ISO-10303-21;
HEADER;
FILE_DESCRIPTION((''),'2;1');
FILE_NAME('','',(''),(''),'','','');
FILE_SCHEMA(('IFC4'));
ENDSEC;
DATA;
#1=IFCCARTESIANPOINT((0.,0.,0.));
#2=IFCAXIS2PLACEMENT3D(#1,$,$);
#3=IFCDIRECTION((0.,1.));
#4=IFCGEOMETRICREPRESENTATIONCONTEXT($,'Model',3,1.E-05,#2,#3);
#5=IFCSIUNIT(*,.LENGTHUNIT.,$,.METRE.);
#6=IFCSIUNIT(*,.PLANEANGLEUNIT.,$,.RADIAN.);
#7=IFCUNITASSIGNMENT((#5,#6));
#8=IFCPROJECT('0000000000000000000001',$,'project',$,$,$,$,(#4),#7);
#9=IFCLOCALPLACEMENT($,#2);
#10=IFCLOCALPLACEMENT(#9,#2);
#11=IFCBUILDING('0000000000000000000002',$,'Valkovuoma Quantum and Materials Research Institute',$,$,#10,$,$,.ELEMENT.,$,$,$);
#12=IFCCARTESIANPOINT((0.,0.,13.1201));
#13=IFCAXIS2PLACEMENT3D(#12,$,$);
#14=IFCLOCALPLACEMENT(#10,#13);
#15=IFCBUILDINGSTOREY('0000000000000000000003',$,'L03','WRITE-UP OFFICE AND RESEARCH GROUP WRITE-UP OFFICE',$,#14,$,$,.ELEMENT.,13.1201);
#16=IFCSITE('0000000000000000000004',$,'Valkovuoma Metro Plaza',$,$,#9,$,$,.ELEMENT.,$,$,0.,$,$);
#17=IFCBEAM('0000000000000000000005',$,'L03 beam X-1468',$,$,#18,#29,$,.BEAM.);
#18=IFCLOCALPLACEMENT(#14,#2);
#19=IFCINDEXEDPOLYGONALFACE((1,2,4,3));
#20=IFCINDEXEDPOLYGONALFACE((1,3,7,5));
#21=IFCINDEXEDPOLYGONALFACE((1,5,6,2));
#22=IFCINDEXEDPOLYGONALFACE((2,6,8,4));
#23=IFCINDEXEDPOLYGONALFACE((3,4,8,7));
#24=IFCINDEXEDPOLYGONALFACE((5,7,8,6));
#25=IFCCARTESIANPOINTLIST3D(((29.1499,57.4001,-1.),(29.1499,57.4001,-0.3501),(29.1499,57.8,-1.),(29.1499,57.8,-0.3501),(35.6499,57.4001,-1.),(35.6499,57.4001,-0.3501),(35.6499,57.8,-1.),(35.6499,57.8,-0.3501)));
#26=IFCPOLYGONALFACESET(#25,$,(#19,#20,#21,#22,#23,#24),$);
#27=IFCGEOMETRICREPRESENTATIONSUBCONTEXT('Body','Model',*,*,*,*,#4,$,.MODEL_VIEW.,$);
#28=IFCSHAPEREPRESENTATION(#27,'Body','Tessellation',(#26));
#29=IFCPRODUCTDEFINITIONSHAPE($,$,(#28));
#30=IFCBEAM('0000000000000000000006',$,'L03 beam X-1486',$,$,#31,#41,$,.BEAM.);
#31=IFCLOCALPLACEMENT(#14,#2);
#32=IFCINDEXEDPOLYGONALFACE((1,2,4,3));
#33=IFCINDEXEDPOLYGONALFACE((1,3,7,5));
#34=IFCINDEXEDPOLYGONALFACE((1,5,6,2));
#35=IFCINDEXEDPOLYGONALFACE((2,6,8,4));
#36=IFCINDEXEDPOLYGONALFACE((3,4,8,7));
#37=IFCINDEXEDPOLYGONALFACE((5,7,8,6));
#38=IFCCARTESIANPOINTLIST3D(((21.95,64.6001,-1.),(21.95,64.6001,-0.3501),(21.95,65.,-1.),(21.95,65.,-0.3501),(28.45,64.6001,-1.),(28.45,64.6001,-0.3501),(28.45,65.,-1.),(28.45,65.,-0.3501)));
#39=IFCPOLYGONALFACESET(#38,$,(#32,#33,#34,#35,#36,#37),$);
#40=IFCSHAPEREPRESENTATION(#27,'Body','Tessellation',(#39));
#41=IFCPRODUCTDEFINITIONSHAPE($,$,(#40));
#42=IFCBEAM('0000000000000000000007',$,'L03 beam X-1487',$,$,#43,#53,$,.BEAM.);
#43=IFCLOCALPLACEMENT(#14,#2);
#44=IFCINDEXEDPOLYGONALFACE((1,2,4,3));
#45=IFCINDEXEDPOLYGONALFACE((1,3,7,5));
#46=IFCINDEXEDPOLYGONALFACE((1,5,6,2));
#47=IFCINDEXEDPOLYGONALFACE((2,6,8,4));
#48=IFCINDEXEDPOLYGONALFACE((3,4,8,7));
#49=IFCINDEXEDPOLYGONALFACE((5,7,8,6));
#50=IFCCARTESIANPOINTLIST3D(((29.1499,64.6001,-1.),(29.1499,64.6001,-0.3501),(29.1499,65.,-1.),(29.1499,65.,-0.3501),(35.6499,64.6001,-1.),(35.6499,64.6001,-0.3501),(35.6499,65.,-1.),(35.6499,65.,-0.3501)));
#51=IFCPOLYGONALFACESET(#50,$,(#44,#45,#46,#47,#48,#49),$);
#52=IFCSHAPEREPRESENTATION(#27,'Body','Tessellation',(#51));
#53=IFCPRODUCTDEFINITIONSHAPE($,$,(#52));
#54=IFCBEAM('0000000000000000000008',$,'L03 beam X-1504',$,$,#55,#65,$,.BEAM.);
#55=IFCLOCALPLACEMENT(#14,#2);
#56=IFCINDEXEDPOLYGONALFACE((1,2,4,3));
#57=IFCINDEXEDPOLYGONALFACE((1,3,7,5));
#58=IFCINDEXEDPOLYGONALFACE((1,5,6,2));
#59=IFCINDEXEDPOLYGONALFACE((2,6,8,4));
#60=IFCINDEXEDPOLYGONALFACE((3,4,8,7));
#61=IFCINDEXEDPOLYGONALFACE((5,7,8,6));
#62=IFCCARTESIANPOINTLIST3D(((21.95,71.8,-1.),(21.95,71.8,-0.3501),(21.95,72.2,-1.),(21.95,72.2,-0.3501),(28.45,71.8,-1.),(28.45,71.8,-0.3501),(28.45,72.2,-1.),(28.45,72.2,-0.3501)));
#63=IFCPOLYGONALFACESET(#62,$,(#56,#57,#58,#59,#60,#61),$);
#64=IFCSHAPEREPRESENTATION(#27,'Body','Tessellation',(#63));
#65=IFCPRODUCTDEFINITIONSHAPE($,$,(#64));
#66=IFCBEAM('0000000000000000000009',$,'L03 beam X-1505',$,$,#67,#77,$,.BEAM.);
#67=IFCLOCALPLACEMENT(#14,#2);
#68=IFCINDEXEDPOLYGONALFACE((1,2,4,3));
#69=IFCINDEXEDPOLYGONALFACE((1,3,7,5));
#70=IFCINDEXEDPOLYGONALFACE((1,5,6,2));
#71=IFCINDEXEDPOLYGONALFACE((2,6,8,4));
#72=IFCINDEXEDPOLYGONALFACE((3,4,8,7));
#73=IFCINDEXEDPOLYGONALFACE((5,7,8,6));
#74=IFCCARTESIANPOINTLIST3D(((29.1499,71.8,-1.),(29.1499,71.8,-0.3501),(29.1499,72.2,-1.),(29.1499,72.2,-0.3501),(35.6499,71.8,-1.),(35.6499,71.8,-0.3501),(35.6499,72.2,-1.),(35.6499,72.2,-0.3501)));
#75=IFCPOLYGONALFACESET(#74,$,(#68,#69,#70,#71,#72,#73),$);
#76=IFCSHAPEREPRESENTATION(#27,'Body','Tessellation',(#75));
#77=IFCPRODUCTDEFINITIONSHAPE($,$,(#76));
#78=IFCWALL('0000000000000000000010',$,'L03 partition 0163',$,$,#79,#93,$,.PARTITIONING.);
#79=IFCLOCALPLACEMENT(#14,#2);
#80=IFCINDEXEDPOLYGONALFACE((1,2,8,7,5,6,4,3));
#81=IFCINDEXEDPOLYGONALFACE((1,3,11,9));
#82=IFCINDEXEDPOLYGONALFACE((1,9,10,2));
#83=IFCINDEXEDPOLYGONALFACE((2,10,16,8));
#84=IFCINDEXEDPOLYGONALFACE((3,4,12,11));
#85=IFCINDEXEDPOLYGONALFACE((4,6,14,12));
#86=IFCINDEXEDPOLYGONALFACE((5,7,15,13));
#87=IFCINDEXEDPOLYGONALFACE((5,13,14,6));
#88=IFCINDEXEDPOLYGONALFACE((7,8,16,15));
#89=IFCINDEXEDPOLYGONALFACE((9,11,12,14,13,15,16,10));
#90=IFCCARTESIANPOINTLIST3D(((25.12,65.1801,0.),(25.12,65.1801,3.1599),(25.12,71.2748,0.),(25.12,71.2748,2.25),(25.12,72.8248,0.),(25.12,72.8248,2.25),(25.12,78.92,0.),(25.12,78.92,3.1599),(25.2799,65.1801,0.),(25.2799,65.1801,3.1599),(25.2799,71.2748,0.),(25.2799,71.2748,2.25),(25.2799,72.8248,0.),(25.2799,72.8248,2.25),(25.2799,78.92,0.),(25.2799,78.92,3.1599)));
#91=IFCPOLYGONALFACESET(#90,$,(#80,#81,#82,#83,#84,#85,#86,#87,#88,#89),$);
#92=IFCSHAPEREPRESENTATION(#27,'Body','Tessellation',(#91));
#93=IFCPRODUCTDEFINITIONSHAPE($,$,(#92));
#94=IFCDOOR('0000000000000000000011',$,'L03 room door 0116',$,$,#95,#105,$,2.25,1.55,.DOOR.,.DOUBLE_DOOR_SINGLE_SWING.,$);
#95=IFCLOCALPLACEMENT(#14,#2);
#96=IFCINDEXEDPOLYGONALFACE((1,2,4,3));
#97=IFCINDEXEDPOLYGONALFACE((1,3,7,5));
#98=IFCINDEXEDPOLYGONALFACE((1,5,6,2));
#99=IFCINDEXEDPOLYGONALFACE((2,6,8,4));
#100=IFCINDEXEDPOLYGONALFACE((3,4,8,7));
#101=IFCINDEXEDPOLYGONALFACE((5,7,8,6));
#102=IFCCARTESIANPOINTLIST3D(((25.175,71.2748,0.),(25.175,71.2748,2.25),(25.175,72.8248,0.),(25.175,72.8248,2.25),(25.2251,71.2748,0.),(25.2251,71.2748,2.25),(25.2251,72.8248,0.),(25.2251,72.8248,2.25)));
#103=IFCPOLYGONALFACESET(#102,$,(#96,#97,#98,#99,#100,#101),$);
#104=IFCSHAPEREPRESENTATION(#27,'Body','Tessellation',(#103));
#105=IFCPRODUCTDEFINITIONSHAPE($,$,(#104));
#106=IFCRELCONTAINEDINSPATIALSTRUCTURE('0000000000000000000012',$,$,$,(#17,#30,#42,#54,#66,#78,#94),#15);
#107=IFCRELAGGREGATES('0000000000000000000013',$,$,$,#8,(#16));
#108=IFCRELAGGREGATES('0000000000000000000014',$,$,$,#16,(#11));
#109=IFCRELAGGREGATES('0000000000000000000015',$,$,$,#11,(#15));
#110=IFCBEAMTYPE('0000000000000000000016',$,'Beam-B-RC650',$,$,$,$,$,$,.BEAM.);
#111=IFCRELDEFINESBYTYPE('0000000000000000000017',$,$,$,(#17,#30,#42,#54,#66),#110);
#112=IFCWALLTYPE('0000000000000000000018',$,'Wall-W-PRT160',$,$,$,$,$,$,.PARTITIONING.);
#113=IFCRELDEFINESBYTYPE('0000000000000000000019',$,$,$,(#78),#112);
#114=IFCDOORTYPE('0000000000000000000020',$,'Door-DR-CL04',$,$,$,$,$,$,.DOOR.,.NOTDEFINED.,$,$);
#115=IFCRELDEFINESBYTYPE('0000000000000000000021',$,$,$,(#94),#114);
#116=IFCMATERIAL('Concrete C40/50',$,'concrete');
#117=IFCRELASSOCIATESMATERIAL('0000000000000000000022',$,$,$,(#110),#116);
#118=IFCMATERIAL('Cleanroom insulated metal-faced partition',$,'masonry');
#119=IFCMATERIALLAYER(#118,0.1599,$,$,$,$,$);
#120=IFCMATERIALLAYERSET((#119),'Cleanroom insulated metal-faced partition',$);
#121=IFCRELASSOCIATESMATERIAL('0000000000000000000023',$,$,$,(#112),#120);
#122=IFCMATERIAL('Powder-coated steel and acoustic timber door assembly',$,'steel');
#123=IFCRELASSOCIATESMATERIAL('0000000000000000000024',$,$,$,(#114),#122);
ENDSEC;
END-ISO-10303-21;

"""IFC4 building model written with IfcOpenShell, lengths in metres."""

from ifc_helpers import new_model, si_unit, direction, frame, frame_2d, origin, origin_2d, place, context, subcontext, project, spatial, rectangle, extrude, material, layer, layer_set, material_profile, profile_set, type_object, element, fill, save


model = new_model("IFC4")

# Units and contexts
model_context = context("Model", 3, precision=1e-05, world=origin(), true_north=direction((0.0, 1.0)))
body_context = subcontext(model_context, "Body", "Model", "MODEL_VIEW")
ifc_project = project(units=[si_unit("LENGTHUNIT", "METRE"), si_unit("PLANEANGLEUNIT", "RADIAN")], contexts=[model_context])

# Site, building, storey
site_placement = place(None, origin())
site = spatial("IfcSite", under=ifc_project, at=site_placement, Name="Valkovuoma Metro Plaza", CompositionType="ELEMENT", RefElevation=0.0)
building_placement = place(site_placement, origin())
building = spatial("IfcBuilding", under=site, at=building_placement, Name="Valkovuoma Quantum and Materials Research Institute", CompositionType="ELEMENT")
storey_placement = place(building_placement, frame((0.0, 0.0, 13.1201)))
storey = spatial("IfcBuildingStorey", under=building, at=storey_placement, Name="L03", Description="WRITE-UP OFFICE AND RESEARCH GROUP WRITE-UP OFFICE", CompositionType="ELEMENT", Elevation=13.1201)

# Beams
ifc_material_1 = material(Name="Concrete C40/50", Category="concrete")
ifc_material_profile_1 = material_profile(ifc_material_1, rectangle(XDim=0.3999, YDim=0.6499, at=origin_2d()), Name="Concrete C40/50")
ifc_profile_set_1 = profile_set([ifc_material_profile_1], Name="Concrete C40/50")
beam_type_1 = type_object("IfcBeamType", Name="Beam-B-RC650", PredefinedType="BEAM", material=ifc_profile_set_1)
for number, where, z_axis, x_axis, name in (
    (1, (29.1499, 57.6001, -0.675), (1.0, 0.0, 0.0), (0.0, 1.0, 0.0), "L03 beam X-1468"),
    (2, (21.95, 64.8, -0.675), (1.0, 0.0, 0.0), (0.0, 1.0, 0.0), "L03 beam X-1486"),
    (3, (29.1499, 64.8, -0.675), (1.0, 0.0, 0.0), (0.0, 1.0, 0.0), "L03 beam X-1487"),
    (4, (21.95, 72.0, -0.675), (1.0, 0.0, 0.0), (0.0, 1.0, 0.0), "L03 beam X-1504"),
    (5, (29.1499, 72.0, -0.675), (1.0, 0.0, 0.0), (0.0, 1.0, 0.0), "L03 beam X-1505"),
):
    element("IfcBeam", number, at=place(storey_placement, frame(where, z_axis=z_axis, x_axis=x_axis)), inside=storey, type_object=beam_type_1, Name=name, PredefinedType="BEAM", context=body_context, shape_type="SweptSolid", body=[
        extrude(rectangle(XDim=0.3999, YDim=0.6499, at=origin_2d()), origin(), (0.0, 0.0, 1.0), 6.5),
    ])

# Wall, opening, door
ifc_material_2 = material(Name="Cleanroom insulated metal-faced partition", Category="masonry")
ifc_layer = layer(ifc_material_2, 0.1599)
ifc_layer_set = layer_set([ifc_layer], Name="Cleanroom insulated metal-faced partition")
wall_type = type_object("IfcWallType", Name="Wall-W-PRT160", PredefinedType="PARTITIONING", material=ifc_layer_set)
wall_placement = place(storey_placement, frame((25.2, 65.1799, 0.0), z_axis=(0.0, 0.0, 1.0), x_axis=(0.0, 1.0, 0.0)))
wall = element("IfcWall", 6, at=wall_placement, inside=storey, type_object=wall_type, Name="L03 partition 0163", PredefinedType="PARTITIONING", context=body_context, shape_type="SweptSolid", body=[
    extrude(rectangle(XDim=13.74, YDim=0.1599, at=frame_2d((6.8701, 0.0))), origin(), (0.0, 0.0, 1.0), 3.1599),
])
opening_placement = place(wall_placement, frame((6.095, 0.0, 0.0)))
opening = element("IfcOpeningElement", 7, at=opening_placement, cuts=wall, PredefinedType="OPENING", context=body_context, shape_type="SweptSolid", body=[
    extrude(rectangle(XDim=1.55, YDim=2.25, at=frame_2d((0.7749, 1.125))), frame((0.0, 0.0898, 0.0), z_axis=(0.0, -1.0, 0.0), x_axis=(1.0, 0.0, 0.0)), (0.0, 0.0, 1.0), 0.1799),
])
ifc_material_3 = material(Name="Powder-coated steel and acoustic timber door assembly", Category="steel")
door_type = type_object("IfcDoorType", Name="Door-DR-CL04", OperationType="NOTDEFINED", PredefinedType="DOOR", material=ifc_material_3)
door_placement = place(opening_placement, origin())
door = element("IfcDoor", 8, at=door_placement, inside=storey, type_object=door_type, Name="L03 room door 0116", OperationType="DOUBLE_DOOR_SINGLE_SWING", OverallHeight=2.25, OverallWidth=1.55, PredefinedType="DOOR", context=body_context, shape_type="SweptSolid", body=[
    extrude(rectangle(XDim=1.55, YDim=2.25, at=frame_2d((0.7749, 1.125))), frame((0.0, 0.0249, 0.0), z_axis=(0.0, -1.0, 0.0), x_axis=(1.0, 0.0, 0.0)), (0.0, 0.0, 1.0), 0.05),
])
fill(opening, door)

save(model, "model.ifc")
